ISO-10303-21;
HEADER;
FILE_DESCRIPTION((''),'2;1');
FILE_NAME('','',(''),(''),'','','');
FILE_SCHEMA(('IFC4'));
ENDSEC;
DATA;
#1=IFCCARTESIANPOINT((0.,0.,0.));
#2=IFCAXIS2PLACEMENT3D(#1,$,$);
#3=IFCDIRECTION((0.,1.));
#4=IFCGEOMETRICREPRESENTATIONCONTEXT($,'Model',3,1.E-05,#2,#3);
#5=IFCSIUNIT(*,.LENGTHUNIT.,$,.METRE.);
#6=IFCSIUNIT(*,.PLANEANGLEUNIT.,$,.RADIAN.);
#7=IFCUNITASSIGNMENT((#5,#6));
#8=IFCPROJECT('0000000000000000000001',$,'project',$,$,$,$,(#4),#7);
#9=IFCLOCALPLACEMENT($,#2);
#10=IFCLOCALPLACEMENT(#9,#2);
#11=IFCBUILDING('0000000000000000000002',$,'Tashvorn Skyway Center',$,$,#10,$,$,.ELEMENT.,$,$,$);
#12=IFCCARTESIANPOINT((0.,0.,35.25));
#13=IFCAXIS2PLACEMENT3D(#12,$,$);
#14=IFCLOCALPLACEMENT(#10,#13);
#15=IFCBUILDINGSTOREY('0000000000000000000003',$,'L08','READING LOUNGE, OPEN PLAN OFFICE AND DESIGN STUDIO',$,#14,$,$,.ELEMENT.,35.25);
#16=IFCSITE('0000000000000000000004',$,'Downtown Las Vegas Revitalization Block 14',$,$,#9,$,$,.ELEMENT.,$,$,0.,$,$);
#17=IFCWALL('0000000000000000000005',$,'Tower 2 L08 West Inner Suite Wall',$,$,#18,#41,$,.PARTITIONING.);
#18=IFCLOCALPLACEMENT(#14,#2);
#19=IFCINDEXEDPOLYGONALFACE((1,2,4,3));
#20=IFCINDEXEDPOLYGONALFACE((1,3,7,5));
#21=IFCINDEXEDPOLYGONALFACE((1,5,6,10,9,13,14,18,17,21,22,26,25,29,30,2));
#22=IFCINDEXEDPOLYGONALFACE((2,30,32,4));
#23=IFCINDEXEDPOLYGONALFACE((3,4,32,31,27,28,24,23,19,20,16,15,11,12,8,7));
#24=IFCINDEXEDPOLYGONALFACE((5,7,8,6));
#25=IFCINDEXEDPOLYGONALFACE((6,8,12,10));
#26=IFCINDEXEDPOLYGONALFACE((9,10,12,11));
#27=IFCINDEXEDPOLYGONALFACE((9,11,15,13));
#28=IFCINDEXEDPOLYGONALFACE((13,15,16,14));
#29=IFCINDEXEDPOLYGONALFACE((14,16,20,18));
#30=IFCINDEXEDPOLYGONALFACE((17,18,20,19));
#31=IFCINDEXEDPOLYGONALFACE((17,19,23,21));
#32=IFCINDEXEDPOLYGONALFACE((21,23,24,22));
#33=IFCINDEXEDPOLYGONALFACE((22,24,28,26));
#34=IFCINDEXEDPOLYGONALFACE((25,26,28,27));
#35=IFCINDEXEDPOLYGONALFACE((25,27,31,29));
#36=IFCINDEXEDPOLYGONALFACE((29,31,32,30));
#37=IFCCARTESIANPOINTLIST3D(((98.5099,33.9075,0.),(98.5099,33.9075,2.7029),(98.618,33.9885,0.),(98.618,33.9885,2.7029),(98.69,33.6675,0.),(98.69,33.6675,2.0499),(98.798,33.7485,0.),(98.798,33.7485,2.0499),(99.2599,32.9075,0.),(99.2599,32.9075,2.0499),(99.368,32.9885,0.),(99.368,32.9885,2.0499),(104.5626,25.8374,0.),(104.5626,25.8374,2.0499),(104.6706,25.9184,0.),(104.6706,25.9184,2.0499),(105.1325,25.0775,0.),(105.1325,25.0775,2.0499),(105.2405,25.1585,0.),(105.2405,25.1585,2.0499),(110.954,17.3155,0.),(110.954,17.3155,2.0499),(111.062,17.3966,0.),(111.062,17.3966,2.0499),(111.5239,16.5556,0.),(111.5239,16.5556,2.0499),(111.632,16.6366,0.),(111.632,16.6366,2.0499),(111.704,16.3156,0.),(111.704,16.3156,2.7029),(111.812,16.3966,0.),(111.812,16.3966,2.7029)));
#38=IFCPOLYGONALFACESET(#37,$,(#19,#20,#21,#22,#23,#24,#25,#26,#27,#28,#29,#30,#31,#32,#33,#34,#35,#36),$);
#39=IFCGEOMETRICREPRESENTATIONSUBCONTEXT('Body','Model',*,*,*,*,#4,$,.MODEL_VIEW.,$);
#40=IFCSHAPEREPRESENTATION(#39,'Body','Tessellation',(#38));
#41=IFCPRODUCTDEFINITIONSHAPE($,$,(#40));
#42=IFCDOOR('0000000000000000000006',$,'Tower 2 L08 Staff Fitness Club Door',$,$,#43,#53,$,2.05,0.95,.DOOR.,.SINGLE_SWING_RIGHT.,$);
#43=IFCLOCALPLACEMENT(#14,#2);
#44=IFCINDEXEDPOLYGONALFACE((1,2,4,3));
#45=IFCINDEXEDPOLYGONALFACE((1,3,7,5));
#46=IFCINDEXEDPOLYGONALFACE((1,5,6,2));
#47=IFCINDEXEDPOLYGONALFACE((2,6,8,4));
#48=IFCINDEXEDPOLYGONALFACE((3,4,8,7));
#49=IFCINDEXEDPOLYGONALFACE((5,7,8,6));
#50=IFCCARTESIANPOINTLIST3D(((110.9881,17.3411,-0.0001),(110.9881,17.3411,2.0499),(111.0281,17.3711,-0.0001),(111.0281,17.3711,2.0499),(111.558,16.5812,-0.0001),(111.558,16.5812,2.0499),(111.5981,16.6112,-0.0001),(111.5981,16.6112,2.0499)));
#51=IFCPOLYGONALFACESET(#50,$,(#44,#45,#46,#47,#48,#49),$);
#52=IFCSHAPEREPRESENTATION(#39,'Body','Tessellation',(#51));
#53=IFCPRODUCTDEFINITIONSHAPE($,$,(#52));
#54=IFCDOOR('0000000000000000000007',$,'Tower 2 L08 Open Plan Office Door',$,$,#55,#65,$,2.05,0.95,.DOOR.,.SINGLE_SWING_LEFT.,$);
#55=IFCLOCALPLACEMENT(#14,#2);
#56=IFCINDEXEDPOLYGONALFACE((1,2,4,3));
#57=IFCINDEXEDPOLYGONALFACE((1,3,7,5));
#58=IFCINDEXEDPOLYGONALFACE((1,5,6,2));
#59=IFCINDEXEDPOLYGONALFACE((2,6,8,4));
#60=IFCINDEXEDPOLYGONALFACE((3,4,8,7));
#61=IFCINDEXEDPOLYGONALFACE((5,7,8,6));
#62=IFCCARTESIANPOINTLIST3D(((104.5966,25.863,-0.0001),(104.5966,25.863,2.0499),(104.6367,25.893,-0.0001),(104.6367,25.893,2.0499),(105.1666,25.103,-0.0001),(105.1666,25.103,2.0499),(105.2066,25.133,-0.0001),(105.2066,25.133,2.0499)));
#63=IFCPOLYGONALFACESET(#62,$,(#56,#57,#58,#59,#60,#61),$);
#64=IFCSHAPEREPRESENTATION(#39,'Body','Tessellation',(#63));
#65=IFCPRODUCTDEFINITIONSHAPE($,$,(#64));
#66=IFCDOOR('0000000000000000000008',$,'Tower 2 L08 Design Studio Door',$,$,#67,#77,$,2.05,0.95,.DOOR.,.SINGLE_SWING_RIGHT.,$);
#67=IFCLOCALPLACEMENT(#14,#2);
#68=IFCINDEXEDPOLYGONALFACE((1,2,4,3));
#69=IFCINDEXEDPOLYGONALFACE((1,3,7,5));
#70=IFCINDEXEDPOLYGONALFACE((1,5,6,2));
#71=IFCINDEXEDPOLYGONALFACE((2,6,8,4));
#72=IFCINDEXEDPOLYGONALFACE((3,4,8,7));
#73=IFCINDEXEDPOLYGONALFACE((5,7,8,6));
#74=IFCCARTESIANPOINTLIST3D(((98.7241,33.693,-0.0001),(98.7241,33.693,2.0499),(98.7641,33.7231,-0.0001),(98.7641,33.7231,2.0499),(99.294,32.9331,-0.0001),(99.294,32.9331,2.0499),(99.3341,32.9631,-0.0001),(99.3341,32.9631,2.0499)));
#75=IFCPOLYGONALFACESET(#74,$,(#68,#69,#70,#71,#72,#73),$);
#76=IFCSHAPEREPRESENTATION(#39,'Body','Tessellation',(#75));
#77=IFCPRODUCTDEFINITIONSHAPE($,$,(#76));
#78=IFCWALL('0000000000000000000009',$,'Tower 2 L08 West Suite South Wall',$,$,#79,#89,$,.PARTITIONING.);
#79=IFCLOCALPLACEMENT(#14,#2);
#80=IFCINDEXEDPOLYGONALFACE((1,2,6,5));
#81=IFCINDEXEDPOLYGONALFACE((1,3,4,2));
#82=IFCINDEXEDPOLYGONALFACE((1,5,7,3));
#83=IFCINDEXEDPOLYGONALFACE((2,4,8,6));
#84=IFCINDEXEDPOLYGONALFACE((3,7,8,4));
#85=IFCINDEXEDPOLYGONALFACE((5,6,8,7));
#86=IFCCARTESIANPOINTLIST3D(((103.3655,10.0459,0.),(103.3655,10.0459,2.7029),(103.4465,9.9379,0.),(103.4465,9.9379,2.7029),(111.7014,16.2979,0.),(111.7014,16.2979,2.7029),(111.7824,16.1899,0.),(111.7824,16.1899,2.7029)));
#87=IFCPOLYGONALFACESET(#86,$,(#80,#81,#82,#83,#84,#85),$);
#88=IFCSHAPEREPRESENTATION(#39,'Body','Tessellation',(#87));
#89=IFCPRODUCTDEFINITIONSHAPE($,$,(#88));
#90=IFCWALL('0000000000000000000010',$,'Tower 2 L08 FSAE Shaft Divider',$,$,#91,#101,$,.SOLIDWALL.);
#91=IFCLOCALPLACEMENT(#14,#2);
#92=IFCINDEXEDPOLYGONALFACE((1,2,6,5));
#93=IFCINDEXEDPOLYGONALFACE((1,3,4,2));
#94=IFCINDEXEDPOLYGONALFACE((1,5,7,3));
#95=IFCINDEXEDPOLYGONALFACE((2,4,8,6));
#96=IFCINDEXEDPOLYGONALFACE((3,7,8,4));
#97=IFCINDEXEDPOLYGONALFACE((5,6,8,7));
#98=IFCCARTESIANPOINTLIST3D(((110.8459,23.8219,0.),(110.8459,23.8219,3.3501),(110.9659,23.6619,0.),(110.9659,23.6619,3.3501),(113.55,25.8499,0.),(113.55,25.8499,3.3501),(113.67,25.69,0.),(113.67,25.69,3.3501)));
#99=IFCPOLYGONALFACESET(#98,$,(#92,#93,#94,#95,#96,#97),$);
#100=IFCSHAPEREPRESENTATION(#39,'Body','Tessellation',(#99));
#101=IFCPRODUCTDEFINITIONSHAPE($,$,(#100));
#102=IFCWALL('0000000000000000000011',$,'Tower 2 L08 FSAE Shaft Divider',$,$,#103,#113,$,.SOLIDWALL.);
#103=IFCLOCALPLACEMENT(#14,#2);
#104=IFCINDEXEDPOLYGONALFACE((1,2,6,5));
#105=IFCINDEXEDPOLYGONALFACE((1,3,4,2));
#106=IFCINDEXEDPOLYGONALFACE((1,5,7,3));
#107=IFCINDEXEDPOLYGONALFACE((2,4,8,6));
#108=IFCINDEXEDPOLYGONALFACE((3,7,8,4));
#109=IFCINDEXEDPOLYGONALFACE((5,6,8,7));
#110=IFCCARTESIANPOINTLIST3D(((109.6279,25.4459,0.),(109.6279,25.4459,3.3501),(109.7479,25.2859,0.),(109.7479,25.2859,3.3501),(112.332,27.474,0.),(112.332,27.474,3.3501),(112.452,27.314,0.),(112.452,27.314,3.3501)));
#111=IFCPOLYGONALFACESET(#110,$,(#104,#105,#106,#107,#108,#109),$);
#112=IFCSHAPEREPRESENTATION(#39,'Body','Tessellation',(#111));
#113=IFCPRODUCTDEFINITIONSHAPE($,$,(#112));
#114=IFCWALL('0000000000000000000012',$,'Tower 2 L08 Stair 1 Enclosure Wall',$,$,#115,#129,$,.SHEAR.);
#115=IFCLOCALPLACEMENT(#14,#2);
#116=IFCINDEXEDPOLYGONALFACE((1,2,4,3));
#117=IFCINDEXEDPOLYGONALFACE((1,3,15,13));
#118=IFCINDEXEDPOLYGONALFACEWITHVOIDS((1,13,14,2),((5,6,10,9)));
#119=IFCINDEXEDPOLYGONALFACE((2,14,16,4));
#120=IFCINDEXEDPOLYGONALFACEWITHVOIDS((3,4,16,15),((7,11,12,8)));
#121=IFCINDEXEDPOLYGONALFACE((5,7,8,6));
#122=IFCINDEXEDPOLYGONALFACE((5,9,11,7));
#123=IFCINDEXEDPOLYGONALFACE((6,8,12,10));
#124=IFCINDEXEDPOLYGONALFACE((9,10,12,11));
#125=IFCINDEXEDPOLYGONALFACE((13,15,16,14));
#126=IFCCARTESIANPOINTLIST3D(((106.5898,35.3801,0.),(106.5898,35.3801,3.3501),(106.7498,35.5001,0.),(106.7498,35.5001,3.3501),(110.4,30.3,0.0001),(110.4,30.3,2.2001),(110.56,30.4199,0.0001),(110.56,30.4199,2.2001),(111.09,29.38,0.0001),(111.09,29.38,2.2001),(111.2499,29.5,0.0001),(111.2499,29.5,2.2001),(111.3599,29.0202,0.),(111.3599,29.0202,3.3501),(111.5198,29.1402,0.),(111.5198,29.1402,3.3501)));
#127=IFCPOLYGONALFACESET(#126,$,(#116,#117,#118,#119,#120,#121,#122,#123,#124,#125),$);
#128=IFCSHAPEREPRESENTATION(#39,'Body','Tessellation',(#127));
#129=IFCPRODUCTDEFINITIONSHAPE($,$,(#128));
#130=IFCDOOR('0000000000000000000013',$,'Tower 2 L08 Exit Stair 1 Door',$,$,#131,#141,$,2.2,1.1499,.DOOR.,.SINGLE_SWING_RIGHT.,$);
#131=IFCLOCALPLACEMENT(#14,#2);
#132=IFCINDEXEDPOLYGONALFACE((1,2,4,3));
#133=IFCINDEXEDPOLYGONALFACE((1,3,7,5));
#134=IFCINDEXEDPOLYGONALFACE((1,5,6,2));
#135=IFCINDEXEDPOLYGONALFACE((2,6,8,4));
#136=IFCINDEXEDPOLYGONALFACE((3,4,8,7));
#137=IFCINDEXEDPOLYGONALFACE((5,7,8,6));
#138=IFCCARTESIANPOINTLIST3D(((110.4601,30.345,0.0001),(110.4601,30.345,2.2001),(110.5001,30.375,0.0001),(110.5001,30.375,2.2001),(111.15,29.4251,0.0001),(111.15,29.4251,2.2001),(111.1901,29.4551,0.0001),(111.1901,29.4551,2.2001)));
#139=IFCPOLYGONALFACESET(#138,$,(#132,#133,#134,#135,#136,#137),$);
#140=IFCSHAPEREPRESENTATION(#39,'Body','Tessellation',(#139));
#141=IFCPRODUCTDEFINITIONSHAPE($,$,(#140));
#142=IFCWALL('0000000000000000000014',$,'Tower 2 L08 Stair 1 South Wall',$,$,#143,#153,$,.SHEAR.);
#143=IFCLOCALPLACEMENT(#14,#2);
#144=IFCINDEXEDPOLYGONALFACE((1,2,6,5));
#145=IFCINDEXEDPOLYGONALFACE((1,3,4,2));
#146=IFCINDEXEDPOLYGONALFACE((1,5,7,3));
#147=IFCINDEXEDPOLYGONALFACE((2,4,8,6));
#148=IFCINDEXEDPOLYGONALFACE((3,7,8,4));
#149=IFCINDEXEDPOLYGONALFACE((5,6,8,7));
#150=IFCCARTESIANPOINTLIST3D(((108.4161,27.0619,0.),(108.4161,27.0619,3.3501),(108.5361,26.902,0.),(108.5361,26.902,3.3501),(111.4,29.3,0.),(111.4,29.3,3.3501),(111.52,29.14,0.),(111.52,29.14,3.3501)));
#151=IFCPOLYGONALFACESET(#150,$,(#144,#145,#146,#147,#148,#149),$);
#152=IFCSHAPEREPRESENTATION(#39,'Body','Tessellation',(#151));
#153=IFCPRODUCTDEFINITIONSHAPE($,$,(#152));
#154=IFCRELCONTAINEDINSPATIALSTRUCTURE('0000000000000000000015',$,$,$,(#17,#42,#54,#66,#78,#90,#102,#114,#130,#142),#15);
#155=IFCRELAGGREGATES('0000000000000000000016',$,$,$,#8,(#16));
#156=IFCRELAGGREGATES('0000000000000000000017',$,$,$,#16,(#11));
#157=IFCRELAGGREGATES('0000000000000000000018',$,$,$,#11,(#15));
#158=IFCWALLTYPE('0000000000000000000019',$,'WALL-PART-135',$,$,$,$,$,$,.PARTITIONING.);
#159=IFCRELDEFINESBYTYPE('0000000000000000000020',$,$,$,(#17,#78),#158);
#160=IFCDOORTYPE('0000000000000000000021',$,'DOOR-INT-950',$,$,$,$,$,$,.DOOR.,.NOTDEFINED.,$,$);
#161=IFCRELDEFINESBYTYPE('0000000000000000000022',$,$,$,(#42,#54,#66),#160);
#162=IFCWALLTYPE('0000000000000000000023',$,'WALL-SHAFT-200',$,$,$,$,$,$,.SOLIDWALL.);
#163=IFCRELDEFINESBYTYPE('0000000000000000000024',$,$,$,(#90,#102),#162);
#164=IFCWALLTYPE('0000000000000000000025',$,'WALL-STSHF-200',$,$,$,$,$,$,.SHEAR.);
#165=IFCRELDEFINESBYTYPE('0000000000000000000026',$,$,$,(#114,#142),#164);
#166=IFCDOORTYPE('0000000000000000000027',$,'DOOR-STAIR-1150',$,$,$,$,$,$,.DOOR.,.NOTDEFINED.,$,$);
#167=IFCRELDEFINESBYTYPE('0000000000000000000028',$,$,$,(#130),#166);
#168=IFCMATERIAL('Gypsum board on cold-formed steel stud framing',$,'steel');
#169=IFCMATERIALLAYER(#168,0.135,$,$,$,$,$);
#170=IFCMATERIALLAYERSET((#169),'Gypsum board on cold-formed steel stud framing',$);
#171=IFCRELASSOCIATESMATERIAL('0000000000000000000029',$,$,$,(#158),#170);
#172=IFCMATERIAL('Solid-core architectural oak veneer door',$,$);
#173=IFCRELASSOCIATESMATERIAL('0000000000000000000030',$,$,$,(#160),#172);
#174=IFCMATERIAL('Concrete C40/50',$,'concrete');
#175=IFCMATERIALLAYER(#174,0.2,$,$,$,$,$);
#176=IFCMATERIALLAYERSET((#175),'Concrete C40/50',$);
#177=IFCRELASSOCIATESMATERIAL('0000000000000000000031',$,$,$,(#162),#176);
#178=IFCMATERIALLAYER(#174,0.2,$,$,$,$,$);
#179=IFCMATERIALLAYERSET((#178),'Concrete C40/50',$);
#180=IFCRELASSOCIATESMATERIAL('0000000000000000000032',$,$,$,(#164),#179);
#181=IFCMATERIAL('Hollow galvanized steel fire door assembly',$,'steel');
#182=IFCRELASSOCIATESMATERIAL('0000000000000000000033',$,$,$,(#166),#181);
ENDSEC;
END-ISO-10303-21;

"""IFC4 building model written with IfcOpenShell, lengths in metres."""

from ifc_helpers import new_model, si_unit, direction, frame, frame_2d, origin, place, context, subcontext, project, spatial, rectangle, extrude, material, layer, layer_set, type_object, element, fill, save


model = new_model("IFC4")

# Units and contexts
model_context = context("Model", 3, precision=1e-05, world=origin(), true_north=direction((0.0, 1.0)))
body_context = subcontext(model_context, "Body", "Model", "MODEL_VIEW")
ifc_project = project(units=[si_unit("LENGTHUNIT", "METRE"), si_unit("PLANEANGLEUNIT", "RADIAN")], contexts=[model_context])

# Site, building, storey
site_placement = place(None, origin())
site = spatial("IfcSite", under=ifc_project, at=site_placement, Name="Downtown Las Vegas Revitalization Block 14", CompositionType="ELEMENT", RefElevation=0.0)
building_placement = place(site_placement, origin())
building = spatial("IfcBuilding", under=site, at=building_placement, Name="Tashvorn Skyway Center", CompositionType="ELEMENT")
storey_placement = place(building_placement, frame((0.0, 0.0, 35.25)))
storey = spatial("IfcBuildingStorey", under=building, at=storey_placement, Name="L08", Description="READING LOUNGE, OPEN PLAN OFFICE AND DESIGN STUDIO", CompositionType="ELEMENT", Elevation=35.25)

# Wall, openings, doors
ifc_material_1 = material(Name="Gypsum board on cold-formed steel stud framing", Category="steel")
ifc_layer_1 = layer(ifc_material_1, 0.135)
ifc_layer_set_1 = layer_set([ifc_layer_1], Name="Gypsum board on cold-formed steel stud framing")
wall_type_1 = type_object("IfcWallType", Name="WALL-PART-135", PredefinedType="PARTITIONING", material=ifc_layer_set_1)
wall_1_placement = place(storey_placement, frame((111.7581, 16.356, 0.0), z_axis=(0.0, 0.0, 1.0), x_axis=(-0.600002, 0.799999, 0.0)))
wall_1 = element("IfcWall", 1, at=wall_1_placement, inside=storey, type_object=wall_type_1, Name="Tower 2 L08 West Inner Suite Wall", PredefinedType="PARTITIONING", context=body_context, shape_type="SweptSolid", body=[
    extrude(rectangle(XDim=21.99, YDim=0.135, at=frame_2d((10.9951, 0.0))), origin(), (0.0, 0.0, 1.0), 2.7029),
])
opening_1_placement = place(wall_1_placement, frame((0.3, 0.0, 0.0)))
opening_1 = element("IfcOpeningElement", 2, at=opening_1_placement, cuts=wall_1, PredefinedType="OPENING", context=body_context, shape_type="SweptSolid", body=[
    extrude(rectangle(XDim=0.95, YDim=2.05, at=frame_2d((0.4751, 1.0249))), frame((0.0, 0.0774, 0.0), z_axis=(0.0, -1.0, 0.0), x_axis=(1.0, 0.0, 0.0)), (0.0, 0.0, 1.0), 0.155),
])
opening_2_placement = place(wall_1_placement, frame((10.9524, 0.0, 0.0)))
opening_2 = element("IfcOpeningElement", 3, at=opening_2_placement, cuts=wall_1, PredefinedType="OPENING", context=body_context, shape_type="SweptSolid", body=[
    extrude(rectangle(XDim=0.95, YDim=2.05, at=frame_2d((0.4751, 1.0249))), frame((0.0, 0.0774, 0.0), z_axis=(0.0, -1.0, 0.0), x_axis=(1.0, 0.0, 0.0)), (0.0, 0.0, 1.0), 0.155),
])
opening_3_placement = place(wall_1_placement, frame((20.74, 0.0, 0.0)))
opening_3 = element("IfcOpeningElement", 4, at=opening_3_placement, cuts=wall_1, PredefinedType="OPENING", context=body_context, shape_type="SweptSolid", body=[
    extrude(rectangle(XDim=0.95, YDim=2.05, at=frame_2d((0.4751, 1.0249))), frame((0.0, 0.0774, 0.0), z_axis=(0.0, -1.0, 0.0), x_axis=(1.0, 0.0, 0.0)), (0.0, 0.0, 1.0), 0.155),
])
ifc_material_2 = material(Name="Solid-core architectural oak veneer door")
door_type_1 = type_object("IfcDoorType", Name="DOOR-INT-950", OperationType="NOTDEFINED", PredefinedType="DOOR", material=ifc_material_2)
door_1_placement = place(opening_1_placement, origin())
door_1 = element("IfcDoor", 5, at=door_1_placement, inside=storey, type_object=door_type_1, Name="Tower 2 L08 Staff Fitness Club Door", OperationType="SINGLE_SWING_RIGHT", OverallHeight=2.05, OverallWidth=0.95, PredefinedType="DOOR", context=body_context, shape_type="SweptSolid", body=[
    extrude(rectangle(XDim=0.95, YDim=2.05, at=frame_2d((0.4751, 1.0249))), frame((0.0, 0.0249, 0.0), z_axis=(0.0, -1.0, 0.0), x_axis=(1.0, 0.0, 0.0)), (0.0, 0.0, 1.0), 0.05),
])
fill(opening_1, door_1)
door_2_placement = place(opening_2_placement, origin())
door_2 = element("IfcDoor", 6, at=door_2_placement, inside=storey, type_object=door_type_1, Name="Tower 2 L08 Open Plan Office Door", OperationType="SINGLE_SWING_LEFT", OverallHeight=2.05, OverallWidth=0.95, PredefinedType="DOOR", context=body_context, shape_type="SweptSolid", body=[
    extrude(rectangle(XDim=0.95, YDim=2.05, at=frame_2d((0.4751, 1.0249))), frame((0.0, 0.0249, 0.0), z_axis=(0.0, -1.0, 0.0), x_axis=(1.0, 0.0, 0.0)), (0.0, 0.0, 1.0), 0.05),
])
fill(opening_2, door_2)
door_3_placement = place(opening_3_placement, origin())
door_3 = element("IfcDoor", 7, at=door_3_placement, inside=storey, type_object=door_type_1, Name="Tower 2 L08 Design Studio Door", OperationType="SINGLE_SWING_RIGHT", OverallHeight=2.05, OverallWidth=0.95, PredefinedType="DOOR", context=body_context, shape_type="SweptSolid", body=[
    extrude(rectangle(XDim=0.95, YDim=2.05, at=frame_2d((0.4751, 1.0249))), frame((0.0, 0.0249, 0.0), z_axis=(0.0, -1.0, 0.0), x_axis=(1.0, 0.0, 0.0)), (0.0, 0.0, 1.0), 0.05),
])
fill(opening_3, door_3)

# Walls
wall_2_placement = place(storey_placement, frame((103.406, 9.9919, 0.0), z_axis=(0.0, 0.0, 1.0), x_axis=(0.8, 0.6, 0.0)))
element("IfcWall", 8, at=wall_2_placement, inside=storey, type_object=wall_type_1, Name="Tower 2 L08 West Suite South Wall", PredefinedType="PARTITIONING", context=body_context, shape_type="SweptSolid", body=[
    extrude(rectangle(XDim=10.4199, YDim=0.135, at=frame_2d((5.21, 0.0))), origin(), (0.0, 0.0, 1.0), 2.7029),
])
ifc_material_3 = material(Name="Concrete C40/50", Category="concrete")
ifc_layer_2 = layer(ifc_material_3, 0.2)
ifc_layer_set_2 = layer_set([ifc_layer_2], Name="Concrete C40/50")
wall_type_2 = type_object("IfcWallType", Name="WALL-SHAFT-200", PredefinedType="SOLIDWALL", material=ifc_layer_set_2)
for number, where, z_axis, x_axis, name in (
    (9, (110.906, 23.7419, 0.0), (0.0, 0.0, 1.0), (0.8, 0.6, 0.0), "Tower 2 L08 FSAE Shaft Divider"),
    (10, (109.688, 25.366, 0.0), (0.0, 0.0, 1.0), (0.8, 0.6, 0.0), "Tower 2 L08 FSAE Shaft Divider"),
):
    element("IfcWall", number, at=place(storey_placement, frame(where, z_axis=z_axis, x_axis=x_axis)), inside=storey, type_object=wall_type_2, Name=name, PredefinedType="SOLIDWALL", context=body_context, shape_type="SweptSolid", body=[
        extrude(rectangle(XDim=3.3801, YDim=0.2, at=frame_2d((1.6899, 0.0))), origin(), (0.0, 0.0, 1.0), 3.3501),
    ])

# Wall, opening, door
ifc_layer_3 = layer(ifc_material_3, 0.2)
ifc_layer_set_3 = layer_set([ifc_layer_3], Name="Concrete C40/50")
wall_type_3 = type_object("IfcWallType", Name="WALL-STSHF-200", PredefinedType="SHEAR", material=ifc_layer_set_3)
wall_3_placement = place(storey_placement, frame((111.4399, 29.0801, 0.0), z_axis=(0.0, 0.0, 1.0), x_axis=(-0.60001, 0.799993, 0.0)))
wall_3 = element("IfcWall", 11, at=wall_3_placement, inside=storey, type_object=wall_type_3, Name="Tower 2 L08 Stair 1 Enclosure Wall", PredefinedType="SHEAR", context=body_context, shape_type="SweptSolid", body=[
    extrude(rectangle(XDim=7.95, YDim=0.2, at=frame_2d((3.9751, 0.0))), origin(), (0.0, 0.0, 1.0), 3.3501),
])
opening_4_placement = place(wall_3_placement, frame((0.45, 0.0, 0.0)))
opening_4 = element("IfcOpeningElement", 12, at=opening_4_placement, cuts=wall_3, PredefinedType="OPENING", context=body_context, shape_type="SweptSolid", body=[
    extrude(rectangle(XDim=1.1499, YDim=2.2, at=frame_2d((0.575, 1.1001))), frame((0.0, 0.1099, 0.0), z_axis=(0.0, -1.0, 0.0), x_axis=(1.0, 0.0, 0.0)), (0.0, 0.0, 1.0), 0.22),
])
ifc_material_4 = material(Name="Hollow galvanized steel fire door assembly", Category="steel")
door_type_2 = type_object("IfcDoorType", Name="DOOR-STAIR-1150", OperationType="NOTDEFINED", PredefinedType="DOOR", material=ifc_material_4)
door_4_placement = place(opening_4_placement, origin())
door_4 = element("IfcDoor", 13, at=door_4_placement, inside=storey, type_object=door_type_2, Name="Tower 2 L08 Exit Stair 1 Door", OperationType="SINGLE_SWING_RIGHT", OverallHeight=2.2, OverallWidth=1.1499, PredefinedType="DOOR", context=body_context, shape_type="SweptSolid", body=[
    extrude(rectangle(XDim=1.1499, YDim=2.2, at=frame_2d((0.575, 1.1001))), frame((0.0, 0.0249, 0.0), z_axis=(0.0, -1.0, 0.0), x_axis=(1.0, 0.0, 0.0)), (0.0, 0.0, 1.0), 0.05),
])
fill(opening_4, door_4)

# Wall
wall_4_placement = place(storey_placement, frame((108.4761, 26.9819, 0.0), z_axis=(0.0, 0.0, 1.0), x_axis=(0.799984, 0.600021, 0.0)))
element("IfcWall", 14, at=wall_4_placement, inside=storey, type_object=wall_type_3, Name="Tower 2 L08 Stair 1 South Wall", PredefinedType="SHEAR", context=body_context, shape_type="SweptSolid", body=[
    extrude(rectangle(XDim=3.73, YDim=0.2, at=frame_2d((1.865, 0.0))), origin(), (0.0, 0.0, 1.0), 3.3501),
])

save(model, "model.ifc")
